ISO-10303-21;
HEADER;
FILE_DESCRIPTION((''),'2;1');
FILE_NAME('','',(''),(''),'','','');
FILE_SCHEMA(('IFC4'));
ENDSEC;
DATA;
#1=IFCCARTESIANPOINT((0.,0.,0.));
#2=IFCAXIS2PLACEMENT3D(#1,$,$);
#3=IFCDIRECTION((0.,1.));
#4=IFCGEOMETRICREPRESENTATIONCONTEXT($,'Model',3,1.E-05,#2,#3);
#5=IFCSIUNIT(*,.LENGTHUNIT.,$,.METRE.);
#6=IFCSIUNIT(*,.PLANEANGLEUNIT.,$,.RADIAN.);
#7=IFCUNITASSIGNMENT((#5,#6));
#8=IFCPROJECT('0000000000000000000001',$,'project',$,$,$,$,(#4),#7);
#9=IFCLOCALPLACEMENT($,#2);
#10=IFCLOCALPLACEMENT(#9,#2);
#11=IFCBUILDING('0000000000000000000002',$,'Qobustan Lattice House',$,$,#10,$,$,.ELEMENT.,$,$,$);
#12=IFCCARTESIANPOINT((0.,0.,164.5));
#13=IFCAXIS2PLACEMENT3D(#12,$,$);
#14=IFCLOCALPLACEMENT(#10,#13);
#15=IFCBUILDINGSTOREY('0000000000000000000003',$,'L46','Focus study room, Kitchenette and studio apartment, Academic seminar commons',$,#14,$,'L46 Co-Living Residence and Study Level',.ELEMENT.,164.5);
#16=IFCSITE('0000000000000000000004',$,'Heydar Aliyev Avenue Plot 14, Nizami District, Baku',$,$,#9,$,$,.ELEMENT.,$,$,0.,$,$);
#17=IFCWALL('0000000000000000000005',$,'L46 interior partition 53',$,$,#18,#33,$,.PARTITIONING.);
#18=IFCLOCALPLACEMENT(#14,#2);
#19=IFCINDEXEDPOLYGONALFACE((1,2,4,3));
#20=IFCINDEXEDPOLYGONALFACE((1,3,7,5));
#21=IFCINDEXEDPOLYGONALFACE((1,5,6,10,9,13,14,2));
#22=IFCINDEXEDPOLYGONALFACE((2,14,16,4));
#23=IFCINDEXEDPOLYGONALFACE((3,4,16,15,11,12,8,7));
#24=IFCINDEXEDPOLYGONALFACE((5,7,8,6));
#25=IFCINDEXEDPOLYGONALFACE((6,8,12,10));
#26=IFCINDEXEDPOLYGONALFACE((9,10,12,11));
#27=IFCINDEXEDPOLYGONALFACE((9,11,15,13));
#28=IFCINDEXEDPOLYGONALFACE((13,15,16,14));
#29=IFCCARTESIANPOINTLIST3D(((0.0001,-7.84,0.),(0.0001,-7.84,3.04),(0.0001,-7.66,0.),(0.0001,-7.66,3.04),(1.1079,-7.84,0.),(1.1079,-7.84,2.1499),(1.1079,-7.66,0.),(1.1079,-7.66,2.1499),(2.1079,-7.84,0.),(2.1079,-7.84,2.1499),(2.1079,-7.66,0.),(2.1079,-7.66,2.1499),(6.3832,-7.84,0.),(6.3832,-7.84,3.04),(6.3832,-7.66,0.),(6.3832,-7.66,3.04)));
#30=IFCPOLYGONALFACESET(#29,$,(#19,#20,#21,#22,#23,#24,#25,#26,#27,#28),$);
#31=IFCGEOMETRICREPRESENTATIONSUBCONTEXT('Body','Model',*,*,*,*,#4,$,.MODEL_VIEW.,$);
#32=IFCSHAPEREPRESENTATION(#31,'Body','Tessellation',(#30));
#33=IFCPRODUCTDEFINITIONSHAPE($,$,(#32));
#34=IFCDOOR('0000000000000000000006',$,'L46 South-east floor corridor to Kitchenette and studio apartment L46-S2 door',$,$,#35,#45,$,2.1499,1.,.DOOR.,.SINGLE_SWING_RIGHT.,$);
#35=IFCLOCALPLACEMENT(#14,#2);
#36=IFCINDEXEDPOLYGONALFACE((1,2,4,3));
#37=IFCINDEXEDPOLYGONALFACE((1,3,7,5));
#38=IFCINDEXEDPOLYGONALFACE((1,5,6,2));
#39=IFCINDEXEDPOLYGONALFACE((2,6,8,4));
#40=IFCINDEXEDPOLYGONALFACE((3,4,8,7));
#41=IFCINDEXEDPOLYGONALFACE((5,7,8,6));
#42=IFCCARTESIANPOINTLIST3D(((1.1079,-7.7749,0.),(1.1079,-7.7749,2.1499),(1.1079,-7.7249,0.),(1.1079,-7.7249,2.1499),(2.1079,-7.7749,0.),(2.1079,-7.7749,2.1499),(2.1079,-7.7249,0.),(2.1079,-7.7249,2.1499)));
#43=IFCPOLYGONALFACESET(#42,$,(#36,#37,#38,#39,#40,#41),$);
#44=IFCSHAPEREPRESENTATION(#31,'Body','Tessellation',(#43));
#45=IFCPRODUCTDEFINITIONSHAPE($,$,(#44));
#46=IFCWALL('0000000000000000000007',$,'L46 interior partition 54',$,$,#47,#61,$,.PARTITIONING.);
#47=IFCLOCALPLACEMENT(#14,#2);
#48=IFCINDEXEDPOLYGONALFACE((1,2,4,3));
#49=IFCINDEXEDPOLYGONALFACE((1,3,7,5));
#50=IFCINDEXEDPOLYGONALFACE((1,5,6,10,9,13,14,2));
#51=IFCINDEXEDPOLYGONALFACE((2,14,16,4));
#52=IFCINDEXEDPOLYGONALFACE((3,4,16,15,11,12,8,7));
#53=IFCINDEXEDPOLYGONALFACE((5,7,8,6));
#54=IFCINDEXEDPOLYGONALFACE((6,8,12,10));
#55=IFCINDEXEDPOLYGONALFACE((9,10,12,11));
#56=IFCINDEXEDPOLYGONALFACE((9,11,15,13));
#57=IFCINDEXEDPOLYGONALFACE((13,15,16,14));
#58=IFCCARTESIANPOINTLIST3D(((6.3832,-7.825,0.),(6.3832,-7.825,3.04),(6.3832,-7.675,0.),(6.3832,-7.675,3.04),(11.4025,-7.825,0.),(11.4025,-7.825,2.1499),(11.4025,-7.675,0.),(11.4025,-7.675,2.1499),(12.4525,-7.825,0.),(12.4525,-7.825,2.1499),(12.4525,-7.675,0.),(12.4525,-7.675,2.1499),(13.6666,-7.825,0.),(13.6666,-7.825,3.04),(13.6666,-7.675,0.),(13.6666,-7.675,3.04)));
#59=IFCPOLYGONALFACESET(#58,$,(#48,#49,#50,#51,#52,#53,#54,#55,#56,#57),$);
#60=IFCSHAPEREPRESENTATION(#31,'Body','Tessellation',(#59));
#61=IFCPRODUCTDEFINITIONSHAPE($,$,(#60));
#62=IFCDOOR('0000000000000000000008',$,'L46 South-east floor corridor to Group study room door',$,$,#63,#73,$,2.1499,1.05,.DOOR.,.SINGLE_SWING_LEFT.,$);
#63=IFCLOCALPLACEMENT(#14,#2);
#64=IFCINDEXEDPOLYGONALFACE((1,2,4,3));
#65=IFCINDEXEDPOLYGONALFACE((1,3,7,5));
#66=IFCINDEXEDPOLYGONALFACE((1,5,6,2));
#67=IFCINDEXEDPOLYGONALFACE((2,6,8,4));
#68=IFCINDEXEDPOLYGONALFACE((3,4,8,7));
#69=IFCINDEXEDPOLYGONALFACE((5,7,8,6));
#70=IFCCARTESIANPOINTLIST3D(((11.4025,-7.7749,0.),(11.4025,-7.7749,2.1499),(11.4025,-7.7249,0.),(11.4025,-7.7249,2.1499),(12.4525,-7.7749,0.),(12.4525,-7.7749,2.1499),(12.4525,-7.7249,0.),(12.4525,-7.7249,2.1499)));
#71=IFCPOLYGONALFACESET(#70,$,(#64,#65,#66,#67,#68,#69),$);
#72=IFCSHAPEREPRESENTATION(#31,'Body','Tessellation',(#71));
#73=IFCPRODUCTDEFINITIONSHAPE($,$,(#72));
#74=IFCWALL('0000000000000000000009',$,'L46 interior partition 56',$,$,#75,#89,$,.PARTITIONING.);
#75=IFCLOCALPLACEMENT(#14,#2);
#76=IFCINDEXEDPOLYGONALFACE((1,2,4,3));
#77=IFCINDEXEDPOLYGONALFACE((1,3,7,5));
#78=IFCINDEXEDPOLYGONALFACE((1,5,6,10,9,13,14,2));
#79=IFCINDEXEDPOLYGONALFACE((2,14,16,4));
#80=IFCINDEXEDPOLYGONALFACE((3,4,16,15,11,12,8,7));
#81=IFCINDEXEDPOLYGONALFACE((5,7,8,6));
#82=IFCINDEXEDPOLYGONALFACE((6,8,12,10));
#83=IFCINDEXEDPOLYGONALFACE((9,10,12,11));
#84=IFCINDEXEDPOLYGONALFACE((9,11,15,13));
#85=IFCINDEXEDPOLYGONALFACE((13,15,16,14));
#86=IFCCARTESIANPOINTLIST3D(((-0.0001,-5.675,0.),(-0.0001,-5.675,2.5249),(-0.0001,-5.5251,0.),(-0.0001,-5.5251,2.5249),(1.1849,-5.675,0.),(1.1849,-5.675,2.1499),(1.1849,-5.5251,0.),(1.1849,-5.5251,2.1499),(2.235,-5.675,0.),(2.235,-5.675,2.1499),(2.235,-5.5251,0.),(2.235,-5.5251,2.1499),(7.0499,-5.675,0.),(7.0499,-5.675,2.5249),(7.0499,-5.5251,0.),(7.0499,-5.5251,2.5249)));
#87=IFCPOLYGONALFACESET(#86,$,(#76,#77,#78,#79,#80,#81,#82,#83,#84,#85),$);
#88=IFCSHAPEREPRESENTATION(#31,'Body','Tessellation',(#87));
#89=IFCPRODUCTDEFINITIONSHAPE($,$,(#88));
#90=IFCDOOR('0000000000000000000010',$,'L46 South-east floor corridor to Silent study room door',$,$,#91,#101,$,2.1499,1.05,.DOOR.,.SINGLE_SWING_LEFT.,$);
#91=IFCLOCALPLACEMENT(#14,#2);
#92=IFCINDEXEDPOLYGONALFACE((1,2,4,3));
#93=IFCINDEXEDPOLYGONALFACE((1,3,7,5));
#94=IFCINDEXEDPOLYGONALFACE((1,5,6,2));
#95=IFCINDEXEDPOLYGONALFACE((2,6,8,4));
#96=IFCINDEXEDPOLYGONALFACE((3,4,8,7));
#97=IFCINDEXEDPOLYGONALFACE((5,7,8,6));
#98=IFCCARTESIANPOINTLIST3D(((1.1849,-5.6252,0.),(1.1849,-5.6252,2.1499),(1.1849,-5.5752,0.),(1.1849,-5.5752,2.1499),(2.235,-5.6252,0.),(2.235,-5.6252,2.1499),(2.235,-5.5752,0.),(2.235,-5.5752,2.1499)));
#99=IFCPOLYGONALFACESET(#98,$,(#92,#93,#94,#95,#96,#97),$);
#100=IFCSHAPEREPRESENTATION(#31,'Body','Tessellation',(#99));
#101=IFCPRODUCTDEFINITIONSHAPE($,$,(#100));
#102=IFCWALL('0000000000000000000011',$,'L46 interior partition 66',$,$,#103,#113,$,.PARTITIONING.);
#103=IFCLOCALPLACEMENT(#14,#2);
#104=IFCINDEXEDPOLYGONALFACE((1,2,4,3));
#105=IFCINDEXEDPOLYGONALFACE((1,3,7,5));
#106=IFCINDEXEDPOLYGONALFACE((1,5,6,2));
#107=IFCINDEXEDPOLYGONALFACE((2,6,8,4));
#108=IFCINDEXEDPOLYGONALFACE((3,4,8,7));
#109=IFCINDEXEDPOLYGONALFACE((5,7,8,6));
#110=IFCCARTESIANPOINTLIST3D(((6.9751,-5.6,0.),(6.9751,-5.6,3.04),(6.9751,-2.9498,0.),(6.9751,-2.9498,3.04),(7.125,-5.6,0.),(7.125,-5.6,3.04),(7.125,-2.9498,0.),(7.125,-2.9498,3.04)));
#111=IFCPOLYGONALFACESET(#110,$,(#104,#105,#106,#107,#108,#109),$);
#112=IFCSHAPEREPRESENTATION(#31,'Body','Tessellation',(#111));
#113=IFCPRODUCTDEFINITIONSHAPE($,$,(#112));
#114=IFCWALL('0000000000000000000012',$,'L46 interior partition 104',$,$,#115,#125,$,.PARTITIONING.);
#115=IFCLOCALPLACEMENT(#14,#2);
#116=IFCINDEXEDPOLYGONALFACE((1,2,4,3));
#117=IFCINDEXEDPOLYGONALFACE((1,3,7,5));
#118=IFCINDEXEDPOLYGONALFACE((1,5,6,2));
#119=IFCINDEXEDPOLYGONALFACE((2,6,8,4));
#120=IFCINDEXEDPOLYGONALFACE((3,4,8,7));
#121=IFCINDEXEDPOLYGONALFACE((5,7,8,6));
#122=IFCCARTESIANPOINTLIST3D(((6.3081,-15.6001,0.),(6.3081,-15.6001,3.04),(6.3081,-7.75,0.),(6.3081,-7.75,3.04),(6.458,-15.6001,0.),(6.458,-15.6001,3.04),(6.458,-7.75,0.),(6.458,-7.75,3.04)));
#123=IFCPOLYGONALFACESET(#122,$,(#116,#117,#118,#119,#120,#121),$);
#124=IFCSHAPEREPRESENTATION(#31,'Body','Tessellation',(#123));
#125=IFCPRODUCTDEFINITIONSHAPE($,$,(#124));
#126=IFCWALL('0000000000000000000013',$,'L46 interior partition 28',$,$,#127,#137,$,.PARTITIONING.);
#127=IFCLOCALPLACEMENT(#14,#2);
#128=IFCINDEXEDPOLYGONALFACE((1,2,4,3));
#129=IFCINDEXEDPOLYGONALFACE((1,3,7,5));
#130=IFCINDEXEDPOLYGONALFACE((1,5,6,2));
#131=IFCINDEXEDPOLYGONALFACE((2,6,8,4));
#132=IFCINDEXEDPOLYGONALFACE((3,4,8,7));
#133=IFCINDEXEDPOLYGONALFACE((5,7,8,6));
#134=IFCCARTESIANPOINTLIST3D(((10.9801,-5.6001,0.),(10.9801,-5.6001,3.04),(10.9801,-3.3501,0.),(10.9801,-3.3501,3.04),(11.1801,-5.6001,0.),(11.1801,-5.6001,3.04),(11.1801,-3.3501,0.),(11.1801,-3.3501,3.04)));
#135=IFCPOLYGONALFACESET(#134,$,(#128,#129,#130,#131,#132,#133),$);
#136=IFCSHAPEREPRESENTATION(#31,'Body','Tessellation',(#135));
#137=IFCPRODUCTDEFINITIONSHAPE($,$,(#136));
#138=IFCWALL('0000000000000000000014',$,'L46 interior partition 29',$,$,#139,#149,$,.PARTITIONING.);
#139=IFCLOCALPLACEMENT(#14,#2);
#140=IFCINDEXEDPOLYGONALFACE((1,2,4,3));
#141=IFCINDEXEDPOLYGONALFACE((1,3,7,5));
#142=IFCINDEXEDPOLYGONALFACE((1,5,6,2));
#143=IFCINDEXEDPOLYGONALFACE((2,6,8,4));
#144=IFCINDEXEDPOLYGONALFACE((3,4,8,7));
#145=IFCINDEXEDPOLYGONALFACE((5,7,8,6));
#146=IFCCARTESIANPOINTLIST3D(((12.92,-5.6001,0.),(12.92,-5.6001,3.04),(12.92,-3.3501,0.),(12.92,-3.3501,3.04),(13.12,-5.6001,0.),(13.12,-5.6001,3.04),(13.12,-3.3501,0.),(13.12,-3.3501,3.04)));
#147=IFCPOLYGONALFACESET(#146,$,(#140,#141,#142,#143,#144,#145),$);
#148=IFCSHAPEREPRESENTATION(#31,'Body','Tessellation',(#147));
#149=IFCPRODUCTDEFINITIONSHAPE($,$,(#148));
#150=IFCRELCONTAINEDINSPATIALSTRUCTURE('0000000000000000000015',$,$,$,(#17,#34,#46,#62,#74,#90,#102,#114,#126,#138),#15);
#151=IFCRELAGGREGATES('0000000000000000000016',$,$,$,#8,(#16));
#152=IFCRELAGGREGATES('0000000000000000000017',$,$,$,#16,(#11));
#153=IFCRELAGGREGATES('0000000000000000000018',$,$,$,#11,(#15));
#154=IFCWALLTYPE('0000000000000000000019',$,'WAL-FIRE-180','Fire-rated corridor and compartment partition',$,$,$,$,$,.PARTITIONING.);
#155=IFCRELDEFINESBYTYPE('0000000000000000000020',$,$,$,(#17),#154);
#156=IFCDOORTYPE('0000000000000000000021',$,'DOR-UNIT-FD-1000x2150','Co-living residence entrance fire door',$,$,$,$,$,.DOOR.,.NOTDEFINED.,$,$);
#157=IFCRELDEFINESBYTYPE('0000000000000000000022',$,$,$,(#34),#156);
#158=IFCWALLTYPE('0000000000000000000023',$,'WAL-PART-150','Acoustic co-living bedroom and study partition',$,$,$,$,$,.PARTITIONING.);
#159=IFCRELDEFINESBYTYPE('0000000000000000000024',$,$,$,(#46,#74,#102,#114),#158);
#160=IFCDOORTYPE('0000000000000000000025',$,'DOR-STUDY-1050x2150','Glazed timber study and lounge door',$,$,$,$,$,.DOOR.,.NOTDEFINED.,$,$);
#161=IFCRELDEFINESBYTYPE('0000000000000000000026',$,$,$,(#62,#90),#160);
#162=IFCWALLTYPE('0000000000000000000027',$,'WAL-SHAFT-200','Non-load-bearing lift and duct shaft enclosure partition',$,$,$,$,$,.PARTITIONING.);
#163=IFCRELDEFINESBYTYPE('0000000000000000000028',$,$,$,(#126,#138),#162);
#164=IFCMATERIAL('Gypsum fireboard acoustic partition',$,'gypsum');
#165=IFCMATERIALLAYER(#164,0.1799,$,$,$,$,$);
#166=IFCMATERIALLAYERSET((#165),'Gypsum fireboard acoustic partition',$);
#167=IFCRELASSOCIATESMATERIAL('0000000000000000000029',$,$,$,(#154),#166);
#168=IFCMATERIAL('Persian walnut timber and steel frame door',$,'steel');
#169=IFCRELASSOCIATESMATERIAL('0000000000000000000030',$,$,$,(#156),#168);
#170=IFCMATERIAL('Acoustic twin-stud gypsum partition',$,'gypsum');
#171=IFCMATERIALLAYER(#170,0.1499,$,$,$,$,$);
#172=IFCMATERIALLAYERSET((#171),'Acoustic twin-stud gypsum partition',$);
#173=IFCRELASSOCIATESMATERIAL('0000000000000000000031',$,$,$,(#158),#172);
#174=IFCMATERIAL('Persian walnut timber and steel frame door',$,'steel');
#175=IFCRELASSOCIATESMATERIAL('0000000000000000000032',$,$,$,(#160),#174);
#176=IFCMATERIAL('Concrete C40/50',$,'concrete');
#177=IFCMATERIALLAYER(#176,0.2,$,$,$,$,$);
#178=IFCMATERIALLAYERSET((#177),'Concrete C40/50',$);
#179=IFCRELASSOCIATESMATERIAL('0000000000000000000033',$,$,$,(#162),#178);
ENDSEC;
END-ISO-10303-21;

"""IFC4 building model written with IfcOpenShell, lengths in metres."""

from ifc_helpers import new_model, si_unit, direction, frame, frame_2d, origin, place, context, subcontext, project, spatial, rectangle, extrude, material, layer, layer_set, type_object, element, fill, save


model = new_model("IFC4")

# Units and contexts
model_context = context("Model", 3, precision=1e-05, world=origin(), true_north=direction((0.0, 1.0)))
body_context = subcontext(model_context, "Body", "Model", "MODEL_VIEW")
ifc_project = project(units=[si_unit("LENGTHUNIT", "METRE"), si_unit("PLANEANGLEUNIT", "RADIAN")], contexts=[model_context])

# Site, building, storey
site_placement = place(None, origin())
site = spatial("IfcSite", under=ifc_project, at=site_placement, Name="Heydar Aliyev Avenue Plot 14, Nizami District, Baku", CompositionType="ELEMENT", RefElevation=0.0)
building_placement = place(site_placement, origin())
building = spatial("IfcBuilding", under=site, at=building_placement, Name="Qobustan Lattice House", CompositionType="ELEMENT")
storey_placement = place(building_placement, frame((0.0, 0.0, 164.5)))
storey = spatial("IfcBuildingStorey", under=building, at=storey_placement, Name="L46", Description="Focus study room, Kitchenette and studio apartment, Academic seminar commons", LongName="L46 Co-Living Residence and Study Level", CompositionType="ELEMENT", Elevation=164.5)

# Shared definitions
ifc_material_1 = material(Name="Gypsum fireboard acoustic partition", Category="gypsum")
ifc_layer_1 = layer(ifc_material_1, 0.1799)
ifc_layer_set_1 = layer_set([ifc_layer_1], Name="Gypsum fireboard acoustic partition")
wall_type_1 = type_object("IfcWallType", Name="WAL-FIRE-180", Description="Fire-rated corridor and compartment partition", PredefinedType="PARTITIONING", material=ifc_layer_set_1)

# Walls, openings, doors
wall_1_placement = place(storey_placement, frame((6.3831, -7.75, 0.0), z_axis=(0.0, 0.0, 1.0), x_axis=(-1.0, 0.0, 0.0)))
wall_1 = element("IfcWall", 1, at=wall_1_placement, inside=storey, type_object=wall_type_1, Name="L46 interior partition 53", PredefinedType="PARTITIONING", context=body_context, shape_type="SweptSolid", body=[
    extrude(rectangle(XDim=6.3831, YDim=0.1799, at=frame_2d((3.1914, 0.0))), origin(), (0.0, 0.0, 1.0), 3.04),
])
opening_1_placement = place(wall_1_placement, frame((4.2751, 0.0, 0.0)))
opening_1 = element("IfcOpeningElement", 2, at=opening_1_placement, cuts=wall_1, PredefinedType="OPENING", context=body_context, shape_type="SweptSolid", body=[
    extrude(rectangle(XDim=1.0, YDim=2.1499, at=frame_2d((0.5, 1.075))), frame((0.0, 0.0999, 0.0), z_axis=(0.0, -1.0, 0.0), x_axis=(1.0, 0.0, 0.0)), (0.0, 0.0, 1.0), 0.2),
])
ifc_material_2 = material(Name="Persian walnut timber and steel frame door", Category="steel")
door_type_1 = type_object("IfcDoorType", Name="DOR-UNIT-FD-1000x2150", Description="Co-living residence entrance fire door", OperationType="NOTDEFINED", PredefinedType="DOOR", material=ifc_material_2)
door_1_placement = place(opening_1_placement, origin())
door_1 = element("IfcDoor", 3, at=door_1_placement, inside=storey, type_object=door_type_1, Name="L46 South-east floor corridor to Kitchenette and studio apartment L46-S2 door", OperationType="SINGLE_SWING_RIGHT", OverallHeight=2.1499, OverallWidth=1.0, PredefinedType="DOOR", context=body_context, shape_type="SweptSolid", body=[
    extrude(rectangle(XDim=1.0, YDim=2.1499, at=frame_2d((0.5, 1.075))), frame((0.0, 0.0249, 0.0), z_axis=(0.0, -1.0, 0.0), x_axis=(1.0, 0.0, 0.0)), (0.0, 0.0, 1.0), 0.05),
])
fill(opening_1, door_1)
ifc_material_3 = material(Name="Acoustic twin-stud gypsum partition", Category="gypsum")
ifc_layer_2 = layer(ifc_material_3, 0.1499)
ifc_layer_set_2 = layer_set([ifc_layer_2], Name="Acoustic twin-stud gypsum partition")
wall_type_2 = type_object("IfcWallType", Name="WAL-PART-150", Description="Acoustic co-living bedroom and study partition", PredefinedType="PARTITIONING", material=ifc_layer_set_2)
wall_2_placement = place(storey_placement, frame((13.6665, -7.75, 0.0), z_axis=(0.0, 0.0, 1.0), x_axis=(-1.0, 0.0, 0.0)))
wall_2 = element("IfcWall", 4, at=wall_2_placement, inside=storey, type_object=wall_type_2, Name="L46 interior partition 54", PredefinedType="PARTITIONING", context=body_context, shape_type="SweptSolid", body=[
    extrude(rectangle(XDim=7.2834, YDim=0.1499, at=frame_2d((3.6416, 0.0))), origin(), (0.0, 0.0, 1.0), 3.04),
])
opening_2_placement = place(wall_2_placement, frame((1.2141, 0.0, 0.0)))
opening_2 = element("IfcOpeningElement", 5, at=opening_2_placement, cuts=wall_2, PredefinedType="OPENING", context=body_context, shape_type="SweptSolid", body=[
    extrude(rectangle(XDim=1.05, YDim=2.1499, at=frame_2d((0.5249, 1.075))), frame((0.0, 0.085, 0.0), z_axis=(0.0, -1.0, 0.0), x_axis=(1.0, 0.0, 0.0)), (0.0, 0.0, 1.0), 0.1699),
])
ifc_material_4 = material(Name="Persian walnut timber and steel frame door", Category="steel")
door_type_2 = type_object("IfcDoorType", Name="DOR-STUDY-1050x2150", Description="Glazed timber study and lounge door", OperationType="NOTDEFINED", PredefinedType="DOOR", material=ifc_material_4)
door_2_placement = place(opening_2_placement, origin())
door_2 = element("IfcDoor", 6, at=door_2_placement, inside=storey, type_object=door_type_2, Name="L46 South-east floor corridor to Group study room door", OperationType="SINGLE_SWING_LEFT", OverallHeight=2.1499, OverallWidth=1.05, PredefinedType="DOOR", context=body_context, shape_type="SweptSolid", body=[
    extrude(rectangle(XDim=1.05, YDim=2.1499, at=frame_2d((0.5249, 1.075))), frame((0.0, 0.0249, 0.0), z_axis=(0.0, -1.0, 0.0), x_axis=(1.0, 0.0, 0.0)), (0.0, 0.0, 1.0), 0.05),
])
fill(opening_2, door_2)
wall_3_placement = place(storey_placement, frame((0.0, -5.6001, 0.0), z_axis=(0.0, 0.0, 1.0), x_axis=(1.0, 0.0, 0.0)))
wall_3 = element("IfcWall", 7, at=wall_3_placement, inside=storey, type_object=wall_type_2, Name="L46 interior partition 56", PredefinedType="PARTITIONING", context=body_context, shape_type="SweptSolid", body=[
    extrude(rectangle(XDim=7.05, YDim=0.1499, at=frame_2d((3.5249, 0.0))), origin(), (0.0, 0.0, 1.0), 2.5249),
])
opening_3_placement = place(wall_3_placement, frame((1.1851, 0.0, 0.0)))
opening_3 = element("IfcOpeningElement", 8, at=opening_3_placement, cuts=wall_3, PredefinedType="OPENING", context=body_context, shape_type="SweptSolid", body=[
    extrude(rectangle(XDim=1.05, YDim=2.1499, at=frame_2d((0.5249, 1.075))), frame((0.0, 0.085, 0.0), z_axis=(0.0, -1.0, 0.0), x_axis=(1.0, 0.0, 0.0)), (0.0, 0.0, 1.0), 0.1699),
])
door_3_placement = place(opening_3_placement, origin())
door_3 = element("IfcDoor", 9, at=door_3_placement, inside=storey, type_object=door_type_2, Name="L46 South-east floor corridor to Silent study room door", OperationType="SINGLE_SWING_LEFT", OverallHeight=2.1499, OverallWidth=1.05, PredefinedType="DOOR", context=body_context, shape_type="SweptSolid", body=[
    extrude(rectangle(XDim=1.05, YDim=2.1499, at=frame_2d((0.5249, 1.075))), frame((0.0, 0.0249, 0.0), z_axis=(0.0, -1.0, 0.0), x_axis=(1.0, 0.0, 0.0)), (0.0, 0.0, 1.0), 0.05),
])
fill(opening_3, door_3)

# Walls
wall_4_placement = place(storey_placement, frame((7.05, -5.6001, 0.0), z_axis=(0.0, 0.0, 1.0), x_axis=(0.0, 1.0, 0.0)))
element("IfcWall", 10, at=wall_4_placement, inside=storey, type_object=wall_type_2, Name="L46 interior partition 66", PredefinedType="PARTITIONING", context=body_context, shape_type="SweptSolid", body=[
    extrude(rectangle(XDim=2.6501, YDim=0.1499, at=frame_2d((1.3252, 0.0))), origin(), (0.0, 0.0, 1.0), 3.04),
])
wall_5_placement = place(storey_placement, frame((6.3831, -7.75, 0.0), z_axis=(0.0, 0.0, 1.0), x_axis=(0.0, -1.0, 0.0)))
element("IfcWall", 11, at=wall_5_placement, inside=storey, type_object=wall_type_2, Name="L46 interior partition 104", PredefinedType="PARTITIONING", context=body_context, shape_type="SweptSolid", body=[
    extrude(rectangle(XDim=7.8501, YDim=0.1499, at=frame_2d((3.925, 0.0))), origin(), (0.0, 0.0, 1.0), 3.04),
])
ifc_material_5 = material(Name="Concrete C40/50", Category="concrete")
ifc_layer_3 = layer(ifc_material_5, 0.2)
ifc_layer_set_3 = layer_set([ifc_layer_3], Name="Concrete C40/50")
wall_type_3 = type_object("IfcWallType", Name="WAL-SHAFT-200", Description="Non-load-bearing lift and duct shaft enclosure partition", PredefinedType="PARTITIONING", material=ifc_layer_set_3)
for number, where, z_axis, x_axis, name in (
    (12, (11.0801, -5.6001, 0.0), (0.0, 0.0, 1.0), (0.0, 1.0, 0.0), "L46 interior partition 28"),
    (13, (13.02, -5.6001, 0.0), (0.0, 0.0, 1.0), (0.0, 1.0, 0.0), "L46 interior partition 29"),
):
    element("IfcWall", number, at=place(storey_placement, frame(where, z_axis=z_axis, x_axis=x_axis)), inside=storey, type_object=wall_type_3, Name=name, PredefinedType="PARTITIONING", context=body_context, shape_type="SweptSolid", body=[
        extrude(rectangle(XDim=2.25, YDim=0.2, at=frame_2d((1.125, 0.0))), origin(), (0.0, 0.0, 1.0), 3.04),
    ])

save(model, "model.ifc")
